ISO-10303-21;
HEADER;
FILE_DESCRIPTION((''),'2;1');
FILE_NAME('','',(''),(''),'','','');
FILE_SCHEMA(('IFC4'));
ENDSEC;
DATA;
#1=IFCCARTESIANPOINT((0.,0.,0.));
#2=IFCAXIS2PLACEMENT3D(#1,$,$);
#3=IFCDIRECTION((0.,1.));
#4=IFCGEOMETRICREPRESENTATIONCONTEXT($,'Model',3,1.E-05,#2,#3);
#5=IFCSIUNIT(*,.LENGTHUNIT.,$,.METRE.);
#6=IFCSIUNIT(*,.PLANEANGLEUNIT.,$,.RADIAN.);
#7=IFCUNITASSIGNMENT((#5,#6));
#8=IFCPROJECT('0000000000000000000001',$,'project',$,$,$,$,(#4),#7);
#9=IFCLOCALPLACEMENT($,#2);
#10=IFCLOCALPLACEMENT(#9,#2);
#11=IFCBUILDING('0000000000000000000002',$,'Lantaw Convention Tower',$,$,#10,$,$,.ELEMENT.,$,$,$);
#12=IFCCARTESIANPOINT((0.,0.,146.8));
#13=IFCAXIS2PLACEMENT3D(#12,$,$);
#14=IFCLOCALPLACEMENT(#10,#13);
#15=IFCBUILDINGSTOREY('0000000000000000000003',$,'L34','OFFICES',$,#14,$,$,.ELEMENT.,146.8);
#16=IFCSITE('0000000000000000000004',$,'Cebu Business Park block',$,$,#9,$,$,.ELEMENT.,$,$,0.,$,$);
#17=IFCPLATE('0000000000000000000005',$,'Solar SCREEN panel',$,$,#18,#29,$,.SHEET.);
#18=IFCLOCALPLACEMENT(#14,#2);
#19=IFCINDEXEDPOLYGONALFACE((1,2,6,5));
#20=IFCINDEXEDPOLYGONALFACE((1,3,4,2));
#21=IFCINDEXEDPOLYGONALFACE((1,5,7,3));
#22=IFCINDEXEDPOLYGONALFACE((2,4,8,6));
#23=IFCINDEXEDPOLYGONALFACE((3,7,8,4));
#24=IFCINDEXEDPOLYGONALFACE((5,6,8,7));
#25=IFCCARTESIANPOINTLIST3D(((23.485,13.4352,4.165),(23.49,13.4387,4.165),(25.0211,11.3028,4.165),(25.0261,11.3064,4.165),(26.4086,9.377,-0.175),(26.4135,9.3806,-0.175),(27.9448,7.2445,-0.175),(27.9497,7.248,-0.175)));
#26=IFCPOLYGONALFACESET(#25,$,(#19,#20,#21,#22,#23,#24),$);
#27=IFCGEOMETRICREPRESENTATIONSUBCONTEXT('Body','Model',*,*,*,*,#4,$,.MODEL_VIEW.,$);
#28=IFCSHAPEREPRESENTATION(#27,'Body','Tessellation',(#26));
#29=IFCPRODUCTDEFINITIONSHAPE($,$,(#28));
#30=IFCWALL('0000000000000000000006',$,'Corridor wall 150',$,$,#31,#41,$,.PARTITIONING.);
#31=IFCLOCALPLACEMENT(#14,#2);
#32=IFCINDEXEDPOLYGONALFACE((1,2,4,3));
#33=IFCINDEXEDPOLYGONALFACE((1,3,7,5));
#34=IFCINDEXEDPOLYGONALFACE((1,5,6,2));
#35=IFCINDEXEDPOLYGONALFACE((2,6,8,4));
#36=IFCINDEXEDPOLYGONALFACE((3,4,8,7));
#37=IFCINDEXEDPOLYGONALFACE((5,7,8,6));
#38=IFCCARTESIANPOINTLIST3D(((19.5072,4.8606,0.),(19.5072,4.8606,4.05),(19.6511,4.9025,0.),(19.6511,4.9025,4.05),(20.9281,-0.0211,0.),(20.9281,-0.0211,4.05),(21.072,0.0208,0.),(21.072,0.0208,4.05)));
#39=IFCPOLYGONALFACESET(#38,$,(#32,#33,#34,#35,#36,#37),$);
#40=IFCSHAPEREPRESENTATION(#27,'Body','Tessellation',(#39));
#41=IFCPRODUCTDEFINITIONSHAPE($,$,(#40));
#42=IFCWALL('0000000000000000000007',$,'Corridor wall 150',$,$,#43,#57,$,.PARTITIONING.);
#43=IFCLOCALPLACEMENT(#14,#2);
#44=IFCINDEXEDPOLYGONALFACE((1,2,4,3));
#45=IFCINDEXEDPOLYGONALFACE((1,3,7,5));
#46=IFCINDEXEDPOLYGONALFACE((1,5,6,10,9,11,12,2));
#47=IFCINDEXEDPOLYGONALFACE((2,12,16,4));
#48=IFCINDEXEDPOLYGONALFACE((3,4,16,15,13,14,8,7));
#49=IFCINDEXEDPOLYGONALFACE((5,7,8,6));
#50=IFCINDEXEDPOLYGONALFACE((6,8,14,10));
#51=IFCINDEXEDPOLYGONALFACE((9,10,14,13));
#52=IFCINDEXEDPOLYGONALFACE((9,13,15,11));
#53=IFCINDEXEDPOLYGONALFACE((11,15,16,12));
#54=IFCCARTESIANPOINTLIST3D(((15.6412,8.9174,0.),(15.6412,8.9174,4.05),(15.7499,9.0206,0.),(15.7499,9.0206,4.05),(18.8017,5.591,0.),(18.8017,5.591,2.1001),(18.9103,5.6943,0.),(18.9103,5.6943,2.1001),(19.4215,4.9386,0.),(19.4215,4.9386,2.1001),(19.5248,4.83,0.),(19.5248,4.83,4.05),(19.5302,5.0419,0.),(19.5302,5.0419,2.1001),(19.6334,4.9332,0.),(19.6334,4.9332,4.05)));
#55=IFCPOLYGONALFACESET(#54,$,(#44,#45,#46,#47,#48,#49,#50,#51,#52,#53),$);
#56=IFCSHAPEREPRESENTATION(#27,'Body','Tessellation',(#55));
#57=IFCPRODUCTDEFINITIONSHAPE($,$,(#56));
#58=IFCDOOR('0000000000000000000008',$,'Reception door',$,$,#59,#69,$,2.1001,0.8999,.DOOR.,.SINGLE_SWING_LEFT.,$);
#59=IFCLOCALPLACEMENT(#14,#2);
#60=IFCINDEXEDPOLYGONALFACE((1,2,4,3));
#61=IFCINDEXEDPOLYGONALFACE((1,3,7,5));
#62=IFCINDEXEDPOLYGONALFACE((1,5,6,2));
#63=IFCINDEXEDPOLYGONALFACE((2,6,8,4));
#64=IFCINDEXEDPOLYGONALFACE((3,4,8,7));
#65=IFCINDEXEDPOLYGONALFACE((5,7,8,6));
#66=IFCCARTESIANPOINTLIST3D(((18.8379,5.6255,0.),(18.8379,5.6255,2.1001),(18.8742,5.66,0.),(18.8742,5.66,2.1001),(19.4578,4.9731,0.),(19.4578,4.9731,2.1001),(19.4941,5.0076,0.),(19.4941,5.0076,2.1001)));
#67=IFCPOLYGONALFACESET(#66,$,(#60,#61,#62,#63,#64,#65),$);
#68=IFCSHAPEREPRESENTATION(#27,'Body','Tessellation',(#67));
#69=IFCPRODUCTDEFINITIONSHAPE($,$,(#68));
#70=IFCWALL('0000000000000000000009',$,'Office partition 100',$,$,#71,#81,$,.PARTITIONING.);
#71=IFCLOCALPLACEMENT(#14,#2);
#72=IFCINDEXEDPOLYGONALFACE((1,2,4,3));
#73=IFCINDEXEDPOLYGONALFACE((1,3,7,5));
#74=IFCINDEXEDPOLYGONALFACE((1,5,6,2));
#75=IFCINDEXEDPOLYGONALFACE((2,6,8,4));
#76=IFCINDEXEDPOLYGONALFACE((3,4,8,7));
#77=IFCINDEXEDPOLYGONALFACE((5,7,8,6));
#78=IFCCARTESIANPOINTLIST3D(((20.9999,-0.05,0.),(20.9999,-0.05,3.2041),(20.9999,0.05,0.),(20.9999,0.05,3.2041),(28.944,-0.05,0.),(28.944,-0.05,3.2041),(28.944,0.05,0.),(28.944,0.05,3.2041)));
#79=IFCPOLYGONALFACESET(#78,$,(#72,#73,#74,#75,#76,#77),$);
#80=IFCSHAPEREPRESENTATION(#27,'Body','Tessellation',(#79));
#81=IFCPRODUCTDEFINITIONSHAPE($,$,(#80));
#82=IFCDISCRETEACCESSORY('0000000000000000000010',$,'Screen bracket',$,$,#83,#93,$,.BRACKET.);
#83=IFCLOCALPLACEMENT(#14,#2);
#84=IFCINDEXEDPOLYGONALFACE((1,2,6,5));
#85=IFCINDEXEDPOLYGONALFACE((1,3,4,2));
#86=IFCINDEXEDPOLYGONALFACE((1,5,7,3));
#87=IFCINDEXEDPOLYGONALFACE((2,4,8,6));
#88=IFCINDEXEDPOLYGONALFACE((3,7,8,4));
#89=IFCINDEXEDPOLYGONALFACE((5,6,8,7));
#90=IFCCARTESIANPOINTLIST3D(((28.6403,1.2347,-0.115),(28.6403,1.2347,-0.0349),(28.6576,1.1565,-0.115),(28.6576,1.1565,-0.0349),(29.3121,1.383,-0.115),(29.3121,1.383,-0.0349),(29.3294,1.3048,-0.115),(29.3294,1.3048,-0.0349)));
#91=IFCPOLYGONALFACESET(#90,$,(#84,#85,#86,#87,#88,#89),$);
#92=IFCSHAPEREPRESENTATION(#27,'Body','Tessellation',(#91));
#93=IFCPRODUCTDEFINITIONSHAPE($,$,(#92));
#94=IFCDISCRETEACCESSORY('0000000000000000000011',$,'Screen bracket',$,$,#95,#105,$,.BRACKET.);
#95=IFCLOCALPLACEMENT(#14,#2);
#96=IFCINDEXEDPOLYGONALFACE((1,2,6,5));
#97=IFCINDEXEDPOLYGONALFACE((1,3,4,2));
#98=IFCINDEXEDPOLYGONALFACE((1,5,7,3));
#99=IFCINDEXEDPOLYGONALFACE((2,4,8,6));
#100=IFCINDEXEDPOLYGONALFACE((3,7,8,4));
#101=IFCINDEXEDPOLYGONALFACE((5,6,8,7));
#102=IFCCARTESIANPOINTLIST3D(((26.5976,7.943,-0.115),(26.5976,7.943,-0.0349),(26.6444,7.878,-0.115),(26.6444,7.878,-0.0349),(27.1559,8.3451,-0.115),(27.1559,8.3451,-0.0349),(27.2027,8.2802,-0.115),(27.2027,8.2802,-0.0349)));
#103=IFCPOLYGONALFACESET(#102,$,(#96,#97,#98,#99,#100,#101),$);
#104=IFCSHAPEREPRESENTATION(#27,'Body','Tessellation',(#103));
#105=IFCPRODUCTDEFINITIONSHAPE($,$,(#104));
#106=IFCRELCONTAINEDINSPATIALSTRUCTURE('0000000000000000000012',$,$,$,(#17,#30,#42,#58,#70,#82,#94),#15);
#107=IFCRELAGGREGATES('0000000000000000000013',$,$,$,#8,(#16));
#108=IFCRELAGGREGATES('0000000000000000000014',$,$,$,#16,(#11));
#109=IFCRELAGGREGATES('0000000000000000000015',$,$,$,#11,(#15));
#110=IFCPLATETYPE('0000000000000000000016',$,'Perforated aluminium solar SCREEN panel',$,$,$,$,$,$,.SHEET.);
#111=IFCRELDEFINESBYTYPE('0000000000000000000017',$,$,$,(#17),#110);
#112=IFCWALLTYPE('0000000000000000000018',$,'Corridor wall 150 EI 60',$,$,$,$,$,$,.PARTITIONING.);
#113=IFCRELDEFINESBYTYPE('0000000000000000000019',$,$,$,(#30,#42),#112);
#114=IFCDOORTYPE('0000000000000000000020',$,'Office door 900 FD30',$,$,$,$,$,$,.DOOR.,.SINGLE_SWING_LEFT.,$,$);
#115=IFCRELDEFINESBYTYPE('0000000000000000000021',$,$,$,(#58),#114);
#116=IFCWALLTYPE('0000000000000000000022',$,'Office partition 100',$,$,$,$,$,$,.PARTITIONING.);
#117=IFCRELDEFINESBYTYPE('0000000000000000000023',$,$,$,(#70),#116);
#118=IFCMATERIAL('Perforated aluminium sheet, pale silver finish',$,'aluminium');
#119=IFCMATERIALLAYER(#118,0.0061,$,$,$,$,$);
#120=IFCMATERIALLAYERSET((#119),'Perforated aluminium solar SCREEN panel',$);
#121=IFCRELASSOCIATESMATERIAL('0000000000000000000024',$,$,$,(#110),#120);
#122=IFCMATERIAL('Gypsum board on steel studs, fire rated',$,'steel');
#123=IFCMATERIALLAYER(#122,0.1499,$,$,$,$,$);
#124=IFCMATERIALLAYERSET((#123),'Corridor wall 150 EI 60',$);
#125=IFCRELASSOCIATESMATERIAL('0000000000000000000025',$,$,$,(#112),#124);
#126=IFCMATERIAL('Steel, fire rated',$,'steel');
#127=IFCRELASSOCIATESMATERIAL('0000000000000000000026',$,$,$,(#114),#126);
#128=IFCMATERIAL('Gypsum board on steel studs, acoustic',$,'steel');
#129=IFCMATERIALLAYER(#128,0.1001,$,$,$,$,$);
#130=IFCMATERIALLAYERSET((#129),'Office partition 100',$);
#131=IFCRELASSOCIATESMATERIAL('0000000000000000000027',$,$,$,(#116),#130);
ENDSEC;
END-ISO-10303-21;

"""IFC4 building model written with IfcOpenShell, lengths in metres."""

from ifc_helpers import new_model, si_unit, direction, frame, frame_2d, origin, origin_2d, place, context, subcontext, project, spatial, polyline, rectangle, outline, extrude, material, layer, layer_set, type_object, element, fill, save


model = new_model("IFC4")

# Units and contexts
model_context = context("Model", 3, precision=1e-05, world=origin(), true_north=direction((0.0, 1.0)))
body_context = subcontext(model_context, "Body", "Model", "MODEL_VIEW")
ifc_project = project(units=[si_unit("LENGTHUNIT", "METRE"), si_unit("PLANEANGLEUNIT", "RADIAN")], contexts=[model_context])

# Site, building, storey
site_placement = place(None, origin())
site = spatial("IfcSite", under=ifc_project, at=site_placement, Name="Cebu Business Park block", CompositionType="ELEMENT", RefElevation=0.0)
building_placement = place(site_placement, origin())
building = spatial("IfcBuilding", under=site, at=building_placement, Name="Lantaw Convention Tower", CompositionType="ELEMENT")
storey_placement = place(building_placement, frame((0.0, 0.0, 146.8)))
storey = spatial("IfcBuildingStorey", under=building, at=storey_placement, Name="L34", Description="OFFICES", CompositionType="ELEMENT", Elevation=146.8)

# Plate
ifc_material_1 = material(Name="Perforated aluminium sheet, pale silver finish", Category="aluminium")
ifc_layer_1 = layer(ifc_material_1, 0.0061)
ifc_layer_set_1 = layer_set([ifc_layer_1], Name="Perforated aluminium solar SCREEN panel")
plate_type_1 = type_object("IfcPlateType", Name="Perforated aluminium solar SCREEN panel", PredefinedType="SHEET", material=ifc_layer_set_1)
plate_1_placement = place(storey_placement, frame((27.9497, 7.248, -0.175), z_axis=(0.811395, 0.584498, 0.000036), x_axis=(-0.584498, 0.811395, 0.0)))
element("IfcPlate", 1, at=plate_1_placement, inside=storey, type_object=plate_type_1, Name="Solar SCREEN panel", PredefinedType="SHEET", context=body_context, shape_type="SweptSolid", body=[
    extrude(outline(polyline([(0.0, 0.0), (2.6282, 0.0), (7.6298, 4.3401), (5.0018, 4.3401), (0.0, 0.0)])), origin(), (0.0, 0.0, -1.0), 0.0061),
])

# Wall
ifc_material_2 = material(Name="Gypsum board on steel studs, fire rated", Category="steel")
ifc_layer_2 = layer(ifc_material_2, 0.1499)
ifc_layer_set_2 = layer_set([ifc_layer_2], Name="Corridor wall 150 EI 60")
wall_type_1 = type_object("IfcWallType", Name="Corridor wall 150 EI 60", PredefinedType="PARTITIONING", material=ifc_layer_set_2)
wall_1_placement = place(storey_placement, frame((21.0, 0.0, 0.0), z_axis=(0.0, 0.0, 1.0), x_axis=(-0.279474, 0.960153, 0.0)))
element("IfcWall", 2, at=wall_1_placement, inside=storey, type_object=wall_type_1, Name="Corridor wall 150", PredefinedType="PARTITIONING", context=body_context, shape_type="SweptSolid", body=[
    extrude(rectangle(XDim=5.0842, YDim=0.1499, at=frame_2d((2.542, 0.0))), origin(), (0.0, 0.0, 1.0), 4.05),
])

# Wall, opening, door
wall_2_placement = place(storey_placement, frame((19.5791, 4.8816, 0.0), z_axis=(0.0, 0.0, 1.0), x_axis=(-0.688797, 0.724954, 0.0)))
wall_2 = element("IfcWall", 3, at=wall_2_placement, inside=storey, type_object=wall_type_1, Name="Corridor wall 150", PredefinedType="PARTITIONING", context=body_context, shape_type="SweptSolid", body=[
    extrude(rectangle(XDim=5.6382, YDim=0.1499, at=frame_2d((2.8191, 0.0))), origin(), (0.0, 0.0, 1.0), 4.05),
])
opening_placement = place(wall_2_placement, frame((0.1499, 0.0, 0.0)))
opening = element("IfcOpeningElement", 4, at=opening_placement, cuts=wall_2, PredefinedType="OPENING", context=body_context, shape_type="SweptSolid", body=[
    extrude(rectangle(XDim=0.8999, YDim=2.1001, at=frame_2d((0.45, 1.05))), frame((0.0, 0.085, 0.0), z_axis=(0.0, -1.0, 0.0), x_axis=(1.0, 0.0, 0.0)), (0.0, 0.0, 1.0), 0.1699),
])
ifc_material_3 = material(Name="Steel, fire rated", Category="steel")
door_type = type_object("IfcDoorType", Name="Office door 900 FD30", OperationType="SINGLE_SWING_LEFT", PredefinedType="DOOR", material=ifc_material_3)
door_placement = place(opening_placement, origin())
door = element("IfcDoor", 5, at=door_placement, inside=storey, type_object=door_type, Name="Reception door", OperationType="SINGLE_SWING_LEFT", OverallHeight=2.1001, OverallWidth=0.8999, PredefinedType="DOOR", context=body_context, shape_type="SweptSolid", body=[
    extrude(rectangle(XDim=0.8999, YDim=2.1001, at=frame_2d((0.45, 1.05))), frame((0.0, 0.0249, 0.0), z_axis=(0.0, -1.0, 0.0), x_axis=(1.0, 0.0, 0.0)), (0.0, 0.0, 1.0), 0.05),
])
fill(opening, door)

# Wall
ifc_material_4 = material(Name="Gypsum board on steel studs, acoustic", Category="steel")
ifc_layer_3 = layer(ifc_material_4, 0.1001)
ifc_layer_set_3 = layer_set([ifc_layer_3], Name="Office partition 100")
wall_type_2 = type_object("IfcWallType", Name="Office partition 100", PredefinedType="PARTITIONING", material=ifc_layer_set_3)
wall_3_placement = place(storey_placement, frame((28.9441, 0.0, 0.0), z_axis=(0.0, 0.0, 1.0), x_axis=(-1.0, 0.0, 0.0)))
element("IfcWall", 6, at=wall_3_placement, inside=storey, type_object=wall_type_2, Name="Office partition 100", PredefinedType="PARTITIONING", context=body_context, shape_type="SweptSolid", body=[
    extrude(rectangle(XDim=7.9441, YDim=0.1001, at=frame_2d((3.9722, 0.0))), origin(), (0.0, 0.0, 1.0), 3.2041),
])

# Discrete accessories
for number, where, z_axis, x_axis, name in (
    (7, (28.9849, 1.2698, -0.115), (0.0, 0.0, 1.0), (-0.215546, 0.976494, 0.0), "Screen bracket"),
    (8, (26.9001, 8.1116, -0.115), (0.0, 0.0, 1.0), (-0.584513, 0.811385, 0.0), "Screen bracket"),
):
    element("IfcDiscreteAccessory", number, at=place(storey_placement, frame(where, z_axis=z_axis, x_axis=x_axis)), inside=storey, Name=name, PredefinedType="BRACKET", context=body_context, shape_type="SweptSolid", body=[
        extrude(rectangle(XDim=0.0801, YDim=0.688, at=origin_2d()), origin(), (0.0, 0.0, 1.0), 0.0801),
    ])

save(model, "model.ifc")
